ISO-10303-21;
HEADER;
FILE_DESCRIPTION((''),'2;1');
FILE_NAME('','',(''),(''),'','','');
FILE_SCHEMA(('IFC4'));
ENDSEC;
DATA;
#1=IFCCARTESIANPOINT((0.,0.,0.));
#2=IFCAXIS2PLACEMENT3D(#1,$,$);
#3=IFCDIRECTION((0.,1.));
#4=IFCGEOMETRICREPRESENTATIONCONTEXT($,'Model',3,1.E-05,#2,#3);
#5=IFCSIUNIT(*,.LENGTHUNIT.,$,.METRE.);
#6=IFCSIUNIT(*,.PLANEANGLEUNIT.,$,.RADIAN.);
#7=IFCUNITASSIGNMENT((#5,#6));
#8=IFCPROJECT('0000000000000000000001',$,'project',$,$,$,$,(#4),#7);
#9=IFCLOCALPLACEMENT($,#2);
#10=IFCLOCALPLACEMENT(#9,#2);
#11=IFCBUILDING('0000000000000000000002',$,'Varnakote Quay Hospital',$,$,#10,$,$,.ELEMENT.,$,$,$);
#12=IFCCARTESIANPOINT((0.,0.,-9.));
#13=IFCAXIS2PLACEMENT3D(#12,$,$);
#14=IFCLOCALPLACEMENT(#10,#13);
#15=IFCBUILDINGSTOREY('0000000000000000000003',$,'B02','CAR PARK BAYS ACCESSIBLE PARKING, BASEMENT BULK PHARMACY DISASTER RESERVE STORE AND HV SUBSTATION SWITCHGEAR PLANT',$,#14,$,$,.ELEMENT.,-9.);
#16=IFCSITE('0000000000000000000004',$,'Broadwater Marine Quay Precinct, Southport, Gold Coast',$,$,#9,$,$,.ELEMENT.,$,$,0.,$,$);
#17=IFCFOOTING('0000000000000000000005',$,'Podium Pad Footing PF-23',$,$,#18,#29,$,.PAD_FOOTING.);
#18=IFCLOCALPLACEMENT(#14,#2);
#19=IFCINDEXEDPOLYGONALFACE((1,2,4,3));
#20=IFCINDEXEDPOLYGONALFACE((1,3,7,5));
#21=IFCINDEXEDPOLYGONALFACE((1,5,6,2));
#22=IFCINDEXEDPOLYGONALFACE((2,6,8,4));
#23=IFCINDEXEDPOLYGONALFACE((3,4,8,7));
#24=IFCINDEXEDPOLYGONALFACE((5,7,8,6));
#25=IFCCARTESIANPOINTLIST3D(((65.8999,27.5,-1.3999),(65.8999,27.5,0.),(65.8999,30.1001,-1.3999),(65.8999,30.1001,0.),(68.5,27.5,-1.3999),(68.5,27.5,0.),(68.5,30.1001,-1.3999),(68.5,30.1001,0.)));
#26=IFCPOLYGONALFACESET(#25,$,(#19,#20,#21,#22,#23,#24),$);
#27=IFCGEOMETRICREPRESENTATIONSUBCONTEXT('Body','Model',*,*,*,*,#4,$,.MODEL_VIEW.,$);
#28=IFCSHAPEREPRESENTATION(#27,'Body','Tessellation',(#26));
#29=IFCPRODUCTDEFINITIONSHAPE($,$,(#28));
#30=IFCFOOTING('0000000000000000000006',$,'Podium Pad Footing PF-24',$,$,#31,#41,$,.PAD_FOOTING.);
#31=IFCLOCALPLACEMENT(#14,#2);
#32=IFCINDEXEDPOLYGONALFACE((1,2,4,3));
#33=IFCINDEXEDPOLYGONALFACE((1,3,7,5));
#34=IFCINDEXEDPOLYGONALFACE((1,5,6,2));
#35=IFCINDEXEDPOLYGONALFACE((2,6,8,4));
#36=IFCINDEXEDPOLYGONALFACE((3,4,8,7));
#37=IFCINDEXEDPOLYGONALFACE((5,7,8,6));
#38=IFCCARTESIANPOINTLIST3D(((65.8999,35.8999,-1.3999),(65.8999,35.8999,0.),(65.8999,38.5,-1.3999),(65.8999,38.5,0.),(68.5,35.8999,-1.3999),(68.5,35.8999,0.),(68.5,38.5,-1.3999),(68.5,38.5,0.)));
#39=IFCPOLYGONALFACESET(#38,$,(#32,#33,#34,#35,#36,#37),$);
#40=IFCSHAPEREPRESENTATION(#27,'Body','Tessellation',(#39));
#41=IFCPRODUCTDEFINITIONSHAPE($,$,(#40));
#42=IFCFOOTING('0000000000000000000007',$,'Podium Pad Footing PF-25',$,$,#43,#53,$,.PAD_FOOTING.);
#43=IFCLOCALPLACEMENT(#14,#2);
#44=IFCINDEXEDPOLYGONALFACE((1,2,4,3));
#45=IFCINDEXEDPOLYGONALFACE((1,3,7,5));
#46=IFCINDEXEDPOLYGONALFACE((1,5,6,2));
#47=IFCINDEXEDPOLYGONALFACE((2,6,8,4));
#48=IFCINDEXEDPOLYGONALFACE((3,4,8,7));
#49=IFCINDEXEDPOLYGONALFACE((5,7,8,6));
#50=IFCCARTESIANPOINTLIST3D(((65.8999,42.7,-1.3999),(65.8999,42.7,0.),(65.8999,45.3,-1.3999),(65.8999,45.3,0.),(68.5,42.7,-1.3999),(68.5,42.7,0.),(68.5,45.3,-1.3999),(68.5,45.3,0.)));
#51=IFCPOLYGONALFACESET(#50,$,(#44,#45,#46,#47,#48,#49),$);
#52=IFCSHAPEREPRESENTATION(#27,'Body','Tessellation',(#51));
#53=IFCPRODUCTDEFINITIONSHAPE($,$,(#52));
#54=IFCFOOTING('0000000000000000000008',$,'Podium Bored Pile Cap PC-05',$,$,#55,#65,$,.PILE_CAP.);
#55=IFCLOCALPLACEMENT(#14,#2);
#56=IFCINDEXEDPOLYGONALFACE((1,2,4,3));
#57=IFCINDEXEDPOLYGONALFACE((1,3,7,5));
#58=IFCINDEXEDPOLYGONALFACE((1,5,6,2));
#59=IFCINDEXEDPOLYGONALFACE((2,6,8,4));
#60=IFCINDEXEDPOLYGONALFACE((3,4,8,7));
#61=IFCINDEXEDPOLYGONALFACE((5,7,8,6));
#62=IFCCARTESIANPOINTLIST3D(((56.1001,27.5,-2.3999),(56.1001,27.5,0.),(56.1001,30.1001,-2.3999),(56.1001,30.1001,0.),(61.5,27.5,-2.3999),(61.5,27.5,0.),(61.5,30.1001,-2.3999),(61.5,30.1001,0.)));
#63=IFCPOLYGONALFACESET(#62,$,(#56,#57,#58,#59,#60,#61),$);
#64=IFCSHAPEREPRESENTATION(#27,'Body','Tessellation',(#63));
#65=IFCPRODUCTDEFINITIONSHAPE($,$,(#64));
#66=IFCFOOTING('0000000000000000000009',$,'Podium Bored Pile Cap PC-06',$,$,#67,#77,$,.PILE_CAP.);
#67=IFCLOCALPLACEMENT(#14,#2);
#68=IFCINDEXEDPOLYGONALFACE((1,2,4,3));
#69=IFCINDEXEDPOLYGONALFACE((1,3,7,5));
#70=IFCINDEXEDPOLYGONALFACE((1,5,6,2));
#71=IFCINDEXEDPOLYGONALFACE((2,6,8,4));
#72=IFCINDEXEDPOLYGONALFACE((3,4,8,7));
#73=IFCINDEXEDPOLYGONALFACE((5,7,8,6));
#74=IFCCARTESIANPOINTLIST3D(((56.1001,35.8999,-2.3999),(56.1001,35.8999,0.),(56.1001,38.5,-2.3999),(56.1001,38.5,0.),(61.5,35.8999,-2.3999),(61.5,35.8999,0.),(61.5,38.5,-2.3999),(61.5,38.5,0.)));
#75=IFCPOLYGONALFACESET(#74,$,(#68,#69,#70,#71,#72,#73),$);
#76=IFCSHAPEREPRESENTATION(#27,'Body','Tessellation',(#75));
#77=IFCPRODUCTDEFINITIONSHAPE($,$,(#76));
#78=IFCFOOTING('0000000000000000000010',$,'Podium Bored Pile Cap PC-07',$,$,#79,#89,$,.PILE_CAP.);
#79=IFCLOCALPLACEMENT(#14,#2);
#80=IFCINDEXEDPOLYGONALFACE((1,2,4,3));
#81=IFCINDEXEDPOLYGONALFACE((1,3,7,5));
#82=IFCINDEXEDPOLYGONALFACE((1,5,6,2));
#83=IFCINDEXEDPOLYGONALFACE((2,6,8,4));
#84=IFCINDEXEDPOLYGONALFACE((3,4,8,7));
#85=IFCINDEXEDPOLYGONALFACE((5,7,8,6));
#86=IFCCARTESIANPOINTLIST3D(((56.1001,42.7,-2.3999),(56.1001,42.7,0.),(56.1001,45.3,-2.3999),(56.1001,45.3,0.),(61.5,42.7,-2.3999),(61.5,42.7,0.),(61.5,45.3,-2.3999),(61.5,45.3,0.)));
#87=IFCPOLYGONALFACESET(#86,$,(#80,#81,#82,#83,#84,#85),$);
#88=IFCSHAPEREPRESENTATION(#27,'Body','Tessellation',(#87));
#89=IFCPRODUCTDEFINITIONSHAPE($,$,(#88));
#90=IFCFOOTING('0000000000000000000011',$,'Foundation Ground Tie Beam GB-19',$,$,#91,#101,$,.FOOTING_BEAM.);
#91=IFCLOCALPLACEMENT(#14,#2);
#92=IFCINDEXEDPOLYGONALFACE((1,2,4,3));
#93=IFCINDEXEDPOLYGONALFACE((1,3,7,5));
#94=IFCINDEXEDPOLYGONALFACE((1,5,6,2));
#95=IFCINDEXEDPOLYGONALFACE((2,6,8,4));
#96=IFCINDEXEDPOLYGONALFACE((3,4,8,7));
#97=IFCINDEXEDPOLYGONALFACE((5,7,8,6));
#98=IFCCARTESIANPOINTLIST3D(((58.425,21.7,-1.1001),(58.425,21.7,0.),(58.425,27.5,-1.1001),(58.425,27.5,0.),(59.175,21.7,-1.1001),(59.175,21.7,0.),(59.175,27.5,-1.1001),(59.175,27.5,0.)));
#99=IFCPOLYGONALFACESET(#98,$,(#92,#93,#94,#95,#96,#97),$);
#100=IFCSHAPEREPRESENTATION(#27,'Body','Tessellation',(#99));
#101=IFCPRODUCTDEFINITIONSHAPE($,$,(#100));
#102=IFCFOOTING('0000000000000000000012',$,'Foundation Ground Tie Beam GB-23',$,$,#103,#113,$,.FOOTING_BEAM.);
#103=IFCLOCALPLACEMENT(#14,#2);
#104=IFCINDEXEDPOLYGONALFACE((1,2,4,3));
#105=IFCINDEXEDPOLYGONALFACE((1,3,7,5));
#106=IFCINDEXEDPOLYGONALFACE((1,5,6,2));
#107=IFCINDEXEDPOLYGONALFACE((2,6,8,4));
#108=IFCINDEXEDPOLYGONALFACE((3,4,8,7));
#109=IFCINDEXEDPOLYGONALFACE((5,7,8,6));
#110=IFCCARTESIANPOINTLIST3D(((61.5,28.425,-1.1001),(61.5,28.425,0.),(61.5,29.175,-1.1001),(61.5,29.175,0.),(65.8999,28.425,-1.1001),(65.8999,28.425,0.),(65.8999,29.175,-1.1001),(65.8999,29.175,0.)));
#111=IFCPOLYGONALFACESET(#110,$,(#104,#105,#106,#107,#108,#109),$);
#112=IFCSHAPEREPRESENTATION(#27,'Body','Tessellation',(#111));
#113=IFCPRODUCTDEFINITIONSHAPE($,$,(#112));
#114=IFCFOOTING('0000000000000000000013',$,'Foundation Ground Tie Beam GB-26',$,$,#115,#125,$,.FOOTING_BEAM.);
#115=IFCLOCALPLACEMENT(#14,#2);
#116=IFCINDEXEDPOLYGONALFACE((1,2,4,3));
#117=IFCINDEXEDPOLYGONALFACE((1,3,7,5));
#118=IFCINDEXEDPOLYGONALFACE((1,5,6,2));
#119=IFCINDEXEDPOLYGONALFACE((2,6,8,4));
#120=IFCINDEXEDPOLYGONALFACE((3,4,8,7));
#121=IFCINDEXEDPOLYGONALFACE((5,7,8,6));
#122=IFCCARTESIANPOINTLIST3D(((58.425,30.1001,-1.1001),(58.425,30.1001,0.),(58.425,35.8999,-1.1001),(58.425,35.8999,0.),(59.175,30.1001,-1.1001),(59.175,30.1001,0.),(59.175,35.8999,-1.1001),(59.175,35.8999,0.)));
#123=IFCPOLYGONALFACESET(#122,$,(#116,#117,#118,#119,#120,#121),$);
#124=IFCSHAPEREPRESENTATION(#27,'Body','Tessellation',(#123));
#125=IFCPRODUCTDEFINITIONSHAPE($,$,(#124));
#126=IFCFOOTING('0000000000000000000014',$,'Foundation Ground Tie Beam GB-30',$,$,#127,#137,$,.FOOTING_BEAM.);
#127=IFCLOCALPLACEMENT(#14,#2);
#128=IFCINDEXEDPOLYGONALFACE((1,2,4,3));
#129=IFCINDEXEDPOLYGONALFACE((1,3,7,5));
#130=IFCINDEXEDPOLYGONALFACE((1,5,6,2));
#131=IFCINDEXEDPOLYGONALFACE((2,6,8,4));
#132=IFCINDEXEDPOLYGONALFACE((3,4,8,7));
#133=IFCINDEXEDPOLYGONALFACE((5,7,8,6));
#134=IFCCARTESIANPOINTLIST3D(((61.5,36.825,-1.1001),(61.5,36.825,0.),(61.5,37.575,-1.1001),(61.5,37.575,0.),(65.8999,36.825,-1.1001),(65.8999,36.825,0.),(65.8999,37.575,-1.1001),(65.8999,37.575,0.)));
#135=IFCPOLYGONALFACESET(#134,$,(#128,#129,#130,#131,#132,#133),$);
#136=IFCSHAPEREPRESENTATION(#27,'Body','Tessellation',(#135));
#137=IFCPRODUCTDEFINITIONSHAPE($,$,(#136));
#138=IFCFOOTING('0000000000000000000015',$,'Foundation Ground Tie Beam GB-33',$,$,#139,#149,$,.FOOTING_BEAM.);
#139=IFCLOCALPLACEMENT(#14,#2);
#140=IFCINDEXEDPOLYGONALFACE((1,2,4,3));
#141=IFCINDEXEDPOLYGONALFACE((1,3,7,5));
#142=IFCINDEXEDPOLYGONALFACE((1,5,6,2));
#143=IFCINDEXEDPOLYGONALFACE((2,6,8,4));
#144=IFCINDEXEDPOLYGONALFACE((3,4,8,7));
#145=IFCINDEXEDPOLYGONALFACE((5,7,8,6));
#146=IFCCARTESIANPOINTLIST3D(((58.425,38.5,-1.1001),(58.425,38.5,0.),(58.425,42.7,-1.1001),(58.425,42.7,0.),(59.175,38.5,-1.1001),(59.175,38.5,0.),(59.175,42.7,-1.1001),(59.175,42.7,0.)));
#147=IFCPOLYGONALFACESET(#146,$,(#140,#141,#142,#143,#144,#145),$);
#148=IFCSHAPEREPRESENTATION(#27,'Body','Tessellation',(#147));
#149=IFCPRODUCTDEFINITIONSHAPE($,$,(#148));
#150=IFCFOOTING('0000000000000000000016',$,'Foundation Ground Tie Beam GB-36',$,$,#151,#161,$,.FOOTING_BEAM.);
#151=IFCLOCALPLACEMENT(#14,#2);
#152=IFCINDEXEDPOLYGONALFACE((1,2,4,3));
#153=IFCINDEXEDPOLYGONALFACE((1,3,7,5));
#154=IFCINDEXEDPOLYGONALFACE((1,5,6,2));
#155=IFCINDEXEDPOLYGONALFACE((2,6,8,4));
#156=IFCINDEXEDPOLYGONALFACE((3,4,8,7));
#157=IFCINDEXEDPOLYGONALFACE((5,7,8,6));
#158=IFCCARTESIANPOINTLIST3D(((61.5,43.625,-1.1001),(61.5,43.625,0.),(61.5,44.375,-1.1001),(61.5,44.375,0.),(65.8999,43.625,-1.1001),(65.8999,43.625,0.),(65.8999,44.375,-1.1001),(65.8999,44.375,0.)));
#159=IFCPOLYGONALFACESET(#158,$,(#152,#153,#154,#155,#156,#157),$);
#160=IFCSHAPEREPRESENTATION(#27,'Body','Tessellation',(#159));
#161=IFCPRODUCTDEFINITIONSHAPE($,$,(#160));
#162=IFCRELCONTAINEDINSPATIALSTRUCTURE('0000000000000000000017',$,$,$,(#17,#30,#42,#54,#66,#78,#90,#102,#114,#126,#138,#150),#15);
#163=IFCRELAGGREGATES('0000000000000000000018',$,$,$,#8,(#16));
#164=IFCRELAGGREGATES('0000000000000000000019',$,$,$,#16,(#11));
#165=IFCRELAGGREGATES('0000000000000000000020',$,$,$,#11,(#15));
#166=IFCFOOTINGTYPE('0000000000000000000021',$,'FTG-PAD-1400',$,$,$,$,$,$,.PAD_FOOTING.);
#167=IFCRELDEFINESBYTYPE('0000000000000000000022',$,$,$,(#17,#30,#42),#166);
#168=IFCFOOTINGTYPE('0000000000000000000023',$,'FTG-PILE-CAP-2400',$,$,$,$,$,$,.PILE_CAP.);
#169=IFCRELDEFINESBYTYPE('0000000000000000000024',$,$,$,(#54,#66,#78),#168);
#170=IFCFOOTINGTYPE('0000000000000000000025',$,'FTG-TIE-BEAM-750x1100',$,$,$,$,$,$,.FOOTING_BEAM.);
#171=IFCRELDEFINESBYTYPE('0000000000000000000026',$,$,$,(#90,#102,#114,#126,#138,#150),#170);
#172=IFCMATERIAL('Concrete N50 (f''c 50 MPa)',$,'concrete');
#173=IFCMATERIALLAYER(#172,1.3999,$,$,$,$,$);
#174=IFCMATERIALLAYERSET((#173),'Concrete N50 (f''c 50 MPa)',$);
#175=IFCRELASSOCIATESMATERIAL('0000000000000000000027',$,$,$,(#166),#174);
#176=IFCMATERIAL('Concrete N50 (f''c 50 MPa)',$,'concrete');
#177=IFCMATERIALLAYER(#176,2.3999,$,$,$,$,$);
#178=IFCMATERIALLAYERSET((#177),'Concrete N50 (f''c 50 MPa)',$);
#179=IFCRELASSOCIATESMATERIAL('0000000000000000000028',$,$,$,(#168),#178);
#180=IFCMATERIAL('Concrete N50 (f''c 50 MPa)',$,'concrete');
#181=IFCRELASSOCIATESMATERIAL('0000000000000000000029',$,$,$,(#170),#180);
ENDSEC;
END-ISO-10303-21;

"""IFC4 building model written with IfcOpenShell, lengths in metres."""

from ifc_helpers import new_model, si_unit, direction, frame, origin, origin_2d, place, context, subcontext, project, spatial, rectangle, extrude, material, layer, layer_set, material_profile, profile_set, type_object, element, save


model = new_model("IFC4")

# Units and contexts
model_context = context("Model", 3, precision=1e-05, world=origin(), true_north=direction((0.0, 1.0)))
body_context = subcontext(model_context, "Body", "Model", "MODEL_VIEW")
ifc_project = project(units=[si_unit("LENGTHUNIT", "METRE"), si_unit("PLANEANGLEUNIT", "RADIAN")], contexts=[model_context])

# Site, building, storey
site_placement = place(None, origin())
site = spatial("IfcSite", under=ifc_project, at=site_placement, Name="Broadwater Marine Quay Precinct, Southport, Gold Coast", CompositionType="ELEMENT", RefElevation=0.0)
building_placement = place(site_placement, origin())
building = spatial("IfcBuilding", under=site, at=building_placement, Name="Varnakote Quay Hospital", CompositionType="ELEMENT")
storey_placement = place(building_placement, frame((0.0, 0.0, -9.0)))
storey = spatial("IfcBuildingStorey", under=building, at=storey_placement, Name="B02", Description="CAR PARK BAYS ACCESSIBLE PARKING, BASEMENT BULK PHARMACY DISASTER RESERVE STORE AND HV SUBSTATION SWITCHGEAR PLANT", CompositionType="ELEMENT", Elevation=-9.0)

# Footings
ifc_material_1 = material(Name="Concrete N50 (f'c 50 MPa)", Category="concrete")
ifc_layer_1 = layer(ifc_material_1, 1.3999)
ifc_layer_set_1 = layer_set([ifc_layer_1], Name="Concrete N50 (f'c 50 MPa)")
footing_type_1 = type_object("IfcFootingType", Name="FTG-PAD-1400", PredefinedType="PAD_FOOTING", material=ifc_layer_set_1)
for number, where, z_axis, x_axis, name in (
    (1, (67.2, 28.8, -1.3999), (0.0, 0.0, 1.0), (1.0, 0.0, 0.0), "Podium Pad Footing PF-23"),
    (2, (67.2, 37.2, -1.3999), (0.0, 0.0, 1.0), (1.0, 0.0, 0.0), "Podium Pad Footing PF-24"),
    (3, (67.2, 44.0, -1.3999), (0.0, 0.0, 1.0), (1.0, 0.0, 0.0), "Podium Pad Footing PF-25"),
):
    element("IfcFooting", number, at=place(storey_placement, frame(where, z_axis=z_axis, x_axis=x_axis)), inside=storey, type_object=footing_type_1, Name=name, PredefinedType="PAD_FOOTING", context=body_context, shape_type="SweptSolid", body=[
        extrude(rectangle(XDim=2.6001, YDim=2.6001, at=origin_2d()), origin(), (0.0, 0.0, 1.0), 1.3999),
    ])
ifc_material_2 = material(Name="Concrete N50 (f'c 50 MPa)", Category="concrete")
ifc_layer_2 = layer(ifc_material_2, 2.3999)
ifc_layer_set_2 = layer_set([ifc_layer_2], Name="Concrete N50 (f'c 50 MPa)")
footing_type_2 = type_object("IfcFootingType", Name="FTG-PILE-CAP-2400", PredefinedType="PILE_CAP", material=ifc_layer_set_2)
for number, where, z_axis, x_axis, name in (
    (4, (58.8, 28.8, -2.3999), (0.0, 0.0, 1.0), (1.0, 0.0, 0.0), "Podium Bored Pile Cap PC-05"),
    (5, (58.8, 37.2, -2.3999), (0.0, 0.0, 1.0), (1.0, 0.0, 0.0), "Podium Bored Pile Cap PC-06"),
    (6, (58.8, 44.0, -2.3999), (0.0, 0.0, 1.0), (1.0, 0.0, 0.0), "Podium Bored Pile Cap PC-07"),
):
    element("IfcFooting", number, at=place(storey_placement, frame(where, z_axis=z_axis, x_axis=x_axis)), inside=storey, type_object=footing_type_2, Name=name, PredefinedType="PILE_CAP", context=body_context, shape_type="SweptSolid", body=[
        extrude(rectangle(XDim=5.3999, YDim=2.6001, at=origin_2d()), origin(), (0.0, 0.0, 1.0), 2.3999),
    ])
ifc_material_3 = material(Name="Concrete N50 (f'c 50 MPa)", Category="concrete")
ifc_material_profile_1 = material_profile(ifc_material_3, rectangle(XDim=0.75, YDim=1.1001, at=origin_2d()), Name="RC-GB-750x1100")
ifc_profile_set_1 = profile_set([ifc_material_profile_1], Name="Concrete N50 (f'c 50 MPa)")
footing_type_3 = type_object("IfcFootingType", Name="FTG-TIE-BEAM-750x1100", PredefinedType="FOOTING_BEAM", material=ifc_profile_set_1)
footing_1_placement = place(storey_placement, frame((58.8, 21.7, -0.55), z_axis=(0.0, 1.0, 0.0), x_axis=(-1.0, 0.0, 0.0)))
element("IfcFooting", 7, at=footing_1_placement, inside=storey, type_object=footing_type_3, Name="Foundation Ground Tie Beam GB-19", PredefinedType="FOOTING_BEAM", context=body_context, shape_type="SweptSolid", body=[
    extrude(rectangle(XDim=0.75, YDim=1.1001, at=origin_2d()), origin(), (0.0, 0.0, 1.0), 5.8),
])
footing_2_placement = place(storey_placement, frame((61.5, 28.8, -0.55), z_axis=(1.0, 0.0, 0.0), x_axis=(0.0, 1.0, 0.0)))
element("IfcFooting", 8, at=footing_2_placement, inside=storey, type_object=footing_type_3, Name="Foundation Ground Tie Beam GB-23", PredefinedType="FOOTING_BEAM", context=body_context, shape_type="SweptSolid", body=[
    extrude(rectangle(XDim=0.75, YDim=1.1001, at=origin_2d()), origin(), (0.0, 0.0, 1.0), 4.3999),
])
footing_3_placement = place(storey_placement, frame((58.8, 30.1001, -0.55), z_axis=(0.0, 1.0, 0.0), x_axis=(-1.0, 0.0, 0.0)))
element("IfcFooting", 9, at=footing_3_placement, inside=storey, type_object=footing_type_3, Name="Foundation Ground Tie Beam GB-26", PredefinedType="FOOTING_BEAM", context=body_context, shape_type="SweptSolid", body=[
    extrude(rectangle(XDim=0.75, YDim=1.1001, at=origin_2d()), origin(), (0.0, 0.0, 1.0), 5.7998),
])
footing_4_placement = place(storey_placement, frame((61.5, 37.2, -0.55), z_axis=(1.0, 0.0, 0.0), x_axis=(0.0, 1.0, 0.0)))
element("IfcFooting", 10, at=footing_4_placement, inside=storey, type_object=footing_type_3, Name="Foundation Ground Tie Beam GB-30", PredefinedType="FOOTING_BEAM", context=body_context, shape_type="SweptSolid", body=[
    extrude(rectangle(XDim=0.75, YDim=1.1001, at=origin_2d()), origin(), (0.0, 0.0, 1.0), 4.3999),
])
footing_5_placement = place(storey_placement, frame((58.8, 38.5, -0.55), z_axis=(0.0, 1.0, 0.0), x_axis=(-1.0, 0.0, 0.0)))
element("IfcFooting", 11, at=footing_5_placement, inside=storey, type_object=footing_type_3, Name="Foundation Ground Tie Beam GB-33", PredefinedType="FOOTING_BEAM", context=body_context, shape_type="SweptSolid", body=[
    extrude(rectangle(XDim=0.75, YDim=1.1001, at=origin_2d()), origin(), (0.0, 0.0, 1.0), 4.2),
])
footing_6_placement = place(storey_placement, frame((61.5, 44.0, -0.55), z_axis=(1.0, 0.0, 0.0), x_axis=(0.0, 1.0, 0.0)))
element("IfcFooting", 12, at=footing_6_placement, inside=storey, type_object=footing_type_3, Name="Foundation Ground Tie Beam GB-36", PredefinedType="FOOTING_BEAM", context=body_context, shape_type="SweptSolid", body=[
    extrude(rectangle(XDim=0.75, YDim=1.1001, at=origin_2d()), origin(), (0.0, 0.0, 1.0), 4.3999),
])

save(model, "model.ifc")
